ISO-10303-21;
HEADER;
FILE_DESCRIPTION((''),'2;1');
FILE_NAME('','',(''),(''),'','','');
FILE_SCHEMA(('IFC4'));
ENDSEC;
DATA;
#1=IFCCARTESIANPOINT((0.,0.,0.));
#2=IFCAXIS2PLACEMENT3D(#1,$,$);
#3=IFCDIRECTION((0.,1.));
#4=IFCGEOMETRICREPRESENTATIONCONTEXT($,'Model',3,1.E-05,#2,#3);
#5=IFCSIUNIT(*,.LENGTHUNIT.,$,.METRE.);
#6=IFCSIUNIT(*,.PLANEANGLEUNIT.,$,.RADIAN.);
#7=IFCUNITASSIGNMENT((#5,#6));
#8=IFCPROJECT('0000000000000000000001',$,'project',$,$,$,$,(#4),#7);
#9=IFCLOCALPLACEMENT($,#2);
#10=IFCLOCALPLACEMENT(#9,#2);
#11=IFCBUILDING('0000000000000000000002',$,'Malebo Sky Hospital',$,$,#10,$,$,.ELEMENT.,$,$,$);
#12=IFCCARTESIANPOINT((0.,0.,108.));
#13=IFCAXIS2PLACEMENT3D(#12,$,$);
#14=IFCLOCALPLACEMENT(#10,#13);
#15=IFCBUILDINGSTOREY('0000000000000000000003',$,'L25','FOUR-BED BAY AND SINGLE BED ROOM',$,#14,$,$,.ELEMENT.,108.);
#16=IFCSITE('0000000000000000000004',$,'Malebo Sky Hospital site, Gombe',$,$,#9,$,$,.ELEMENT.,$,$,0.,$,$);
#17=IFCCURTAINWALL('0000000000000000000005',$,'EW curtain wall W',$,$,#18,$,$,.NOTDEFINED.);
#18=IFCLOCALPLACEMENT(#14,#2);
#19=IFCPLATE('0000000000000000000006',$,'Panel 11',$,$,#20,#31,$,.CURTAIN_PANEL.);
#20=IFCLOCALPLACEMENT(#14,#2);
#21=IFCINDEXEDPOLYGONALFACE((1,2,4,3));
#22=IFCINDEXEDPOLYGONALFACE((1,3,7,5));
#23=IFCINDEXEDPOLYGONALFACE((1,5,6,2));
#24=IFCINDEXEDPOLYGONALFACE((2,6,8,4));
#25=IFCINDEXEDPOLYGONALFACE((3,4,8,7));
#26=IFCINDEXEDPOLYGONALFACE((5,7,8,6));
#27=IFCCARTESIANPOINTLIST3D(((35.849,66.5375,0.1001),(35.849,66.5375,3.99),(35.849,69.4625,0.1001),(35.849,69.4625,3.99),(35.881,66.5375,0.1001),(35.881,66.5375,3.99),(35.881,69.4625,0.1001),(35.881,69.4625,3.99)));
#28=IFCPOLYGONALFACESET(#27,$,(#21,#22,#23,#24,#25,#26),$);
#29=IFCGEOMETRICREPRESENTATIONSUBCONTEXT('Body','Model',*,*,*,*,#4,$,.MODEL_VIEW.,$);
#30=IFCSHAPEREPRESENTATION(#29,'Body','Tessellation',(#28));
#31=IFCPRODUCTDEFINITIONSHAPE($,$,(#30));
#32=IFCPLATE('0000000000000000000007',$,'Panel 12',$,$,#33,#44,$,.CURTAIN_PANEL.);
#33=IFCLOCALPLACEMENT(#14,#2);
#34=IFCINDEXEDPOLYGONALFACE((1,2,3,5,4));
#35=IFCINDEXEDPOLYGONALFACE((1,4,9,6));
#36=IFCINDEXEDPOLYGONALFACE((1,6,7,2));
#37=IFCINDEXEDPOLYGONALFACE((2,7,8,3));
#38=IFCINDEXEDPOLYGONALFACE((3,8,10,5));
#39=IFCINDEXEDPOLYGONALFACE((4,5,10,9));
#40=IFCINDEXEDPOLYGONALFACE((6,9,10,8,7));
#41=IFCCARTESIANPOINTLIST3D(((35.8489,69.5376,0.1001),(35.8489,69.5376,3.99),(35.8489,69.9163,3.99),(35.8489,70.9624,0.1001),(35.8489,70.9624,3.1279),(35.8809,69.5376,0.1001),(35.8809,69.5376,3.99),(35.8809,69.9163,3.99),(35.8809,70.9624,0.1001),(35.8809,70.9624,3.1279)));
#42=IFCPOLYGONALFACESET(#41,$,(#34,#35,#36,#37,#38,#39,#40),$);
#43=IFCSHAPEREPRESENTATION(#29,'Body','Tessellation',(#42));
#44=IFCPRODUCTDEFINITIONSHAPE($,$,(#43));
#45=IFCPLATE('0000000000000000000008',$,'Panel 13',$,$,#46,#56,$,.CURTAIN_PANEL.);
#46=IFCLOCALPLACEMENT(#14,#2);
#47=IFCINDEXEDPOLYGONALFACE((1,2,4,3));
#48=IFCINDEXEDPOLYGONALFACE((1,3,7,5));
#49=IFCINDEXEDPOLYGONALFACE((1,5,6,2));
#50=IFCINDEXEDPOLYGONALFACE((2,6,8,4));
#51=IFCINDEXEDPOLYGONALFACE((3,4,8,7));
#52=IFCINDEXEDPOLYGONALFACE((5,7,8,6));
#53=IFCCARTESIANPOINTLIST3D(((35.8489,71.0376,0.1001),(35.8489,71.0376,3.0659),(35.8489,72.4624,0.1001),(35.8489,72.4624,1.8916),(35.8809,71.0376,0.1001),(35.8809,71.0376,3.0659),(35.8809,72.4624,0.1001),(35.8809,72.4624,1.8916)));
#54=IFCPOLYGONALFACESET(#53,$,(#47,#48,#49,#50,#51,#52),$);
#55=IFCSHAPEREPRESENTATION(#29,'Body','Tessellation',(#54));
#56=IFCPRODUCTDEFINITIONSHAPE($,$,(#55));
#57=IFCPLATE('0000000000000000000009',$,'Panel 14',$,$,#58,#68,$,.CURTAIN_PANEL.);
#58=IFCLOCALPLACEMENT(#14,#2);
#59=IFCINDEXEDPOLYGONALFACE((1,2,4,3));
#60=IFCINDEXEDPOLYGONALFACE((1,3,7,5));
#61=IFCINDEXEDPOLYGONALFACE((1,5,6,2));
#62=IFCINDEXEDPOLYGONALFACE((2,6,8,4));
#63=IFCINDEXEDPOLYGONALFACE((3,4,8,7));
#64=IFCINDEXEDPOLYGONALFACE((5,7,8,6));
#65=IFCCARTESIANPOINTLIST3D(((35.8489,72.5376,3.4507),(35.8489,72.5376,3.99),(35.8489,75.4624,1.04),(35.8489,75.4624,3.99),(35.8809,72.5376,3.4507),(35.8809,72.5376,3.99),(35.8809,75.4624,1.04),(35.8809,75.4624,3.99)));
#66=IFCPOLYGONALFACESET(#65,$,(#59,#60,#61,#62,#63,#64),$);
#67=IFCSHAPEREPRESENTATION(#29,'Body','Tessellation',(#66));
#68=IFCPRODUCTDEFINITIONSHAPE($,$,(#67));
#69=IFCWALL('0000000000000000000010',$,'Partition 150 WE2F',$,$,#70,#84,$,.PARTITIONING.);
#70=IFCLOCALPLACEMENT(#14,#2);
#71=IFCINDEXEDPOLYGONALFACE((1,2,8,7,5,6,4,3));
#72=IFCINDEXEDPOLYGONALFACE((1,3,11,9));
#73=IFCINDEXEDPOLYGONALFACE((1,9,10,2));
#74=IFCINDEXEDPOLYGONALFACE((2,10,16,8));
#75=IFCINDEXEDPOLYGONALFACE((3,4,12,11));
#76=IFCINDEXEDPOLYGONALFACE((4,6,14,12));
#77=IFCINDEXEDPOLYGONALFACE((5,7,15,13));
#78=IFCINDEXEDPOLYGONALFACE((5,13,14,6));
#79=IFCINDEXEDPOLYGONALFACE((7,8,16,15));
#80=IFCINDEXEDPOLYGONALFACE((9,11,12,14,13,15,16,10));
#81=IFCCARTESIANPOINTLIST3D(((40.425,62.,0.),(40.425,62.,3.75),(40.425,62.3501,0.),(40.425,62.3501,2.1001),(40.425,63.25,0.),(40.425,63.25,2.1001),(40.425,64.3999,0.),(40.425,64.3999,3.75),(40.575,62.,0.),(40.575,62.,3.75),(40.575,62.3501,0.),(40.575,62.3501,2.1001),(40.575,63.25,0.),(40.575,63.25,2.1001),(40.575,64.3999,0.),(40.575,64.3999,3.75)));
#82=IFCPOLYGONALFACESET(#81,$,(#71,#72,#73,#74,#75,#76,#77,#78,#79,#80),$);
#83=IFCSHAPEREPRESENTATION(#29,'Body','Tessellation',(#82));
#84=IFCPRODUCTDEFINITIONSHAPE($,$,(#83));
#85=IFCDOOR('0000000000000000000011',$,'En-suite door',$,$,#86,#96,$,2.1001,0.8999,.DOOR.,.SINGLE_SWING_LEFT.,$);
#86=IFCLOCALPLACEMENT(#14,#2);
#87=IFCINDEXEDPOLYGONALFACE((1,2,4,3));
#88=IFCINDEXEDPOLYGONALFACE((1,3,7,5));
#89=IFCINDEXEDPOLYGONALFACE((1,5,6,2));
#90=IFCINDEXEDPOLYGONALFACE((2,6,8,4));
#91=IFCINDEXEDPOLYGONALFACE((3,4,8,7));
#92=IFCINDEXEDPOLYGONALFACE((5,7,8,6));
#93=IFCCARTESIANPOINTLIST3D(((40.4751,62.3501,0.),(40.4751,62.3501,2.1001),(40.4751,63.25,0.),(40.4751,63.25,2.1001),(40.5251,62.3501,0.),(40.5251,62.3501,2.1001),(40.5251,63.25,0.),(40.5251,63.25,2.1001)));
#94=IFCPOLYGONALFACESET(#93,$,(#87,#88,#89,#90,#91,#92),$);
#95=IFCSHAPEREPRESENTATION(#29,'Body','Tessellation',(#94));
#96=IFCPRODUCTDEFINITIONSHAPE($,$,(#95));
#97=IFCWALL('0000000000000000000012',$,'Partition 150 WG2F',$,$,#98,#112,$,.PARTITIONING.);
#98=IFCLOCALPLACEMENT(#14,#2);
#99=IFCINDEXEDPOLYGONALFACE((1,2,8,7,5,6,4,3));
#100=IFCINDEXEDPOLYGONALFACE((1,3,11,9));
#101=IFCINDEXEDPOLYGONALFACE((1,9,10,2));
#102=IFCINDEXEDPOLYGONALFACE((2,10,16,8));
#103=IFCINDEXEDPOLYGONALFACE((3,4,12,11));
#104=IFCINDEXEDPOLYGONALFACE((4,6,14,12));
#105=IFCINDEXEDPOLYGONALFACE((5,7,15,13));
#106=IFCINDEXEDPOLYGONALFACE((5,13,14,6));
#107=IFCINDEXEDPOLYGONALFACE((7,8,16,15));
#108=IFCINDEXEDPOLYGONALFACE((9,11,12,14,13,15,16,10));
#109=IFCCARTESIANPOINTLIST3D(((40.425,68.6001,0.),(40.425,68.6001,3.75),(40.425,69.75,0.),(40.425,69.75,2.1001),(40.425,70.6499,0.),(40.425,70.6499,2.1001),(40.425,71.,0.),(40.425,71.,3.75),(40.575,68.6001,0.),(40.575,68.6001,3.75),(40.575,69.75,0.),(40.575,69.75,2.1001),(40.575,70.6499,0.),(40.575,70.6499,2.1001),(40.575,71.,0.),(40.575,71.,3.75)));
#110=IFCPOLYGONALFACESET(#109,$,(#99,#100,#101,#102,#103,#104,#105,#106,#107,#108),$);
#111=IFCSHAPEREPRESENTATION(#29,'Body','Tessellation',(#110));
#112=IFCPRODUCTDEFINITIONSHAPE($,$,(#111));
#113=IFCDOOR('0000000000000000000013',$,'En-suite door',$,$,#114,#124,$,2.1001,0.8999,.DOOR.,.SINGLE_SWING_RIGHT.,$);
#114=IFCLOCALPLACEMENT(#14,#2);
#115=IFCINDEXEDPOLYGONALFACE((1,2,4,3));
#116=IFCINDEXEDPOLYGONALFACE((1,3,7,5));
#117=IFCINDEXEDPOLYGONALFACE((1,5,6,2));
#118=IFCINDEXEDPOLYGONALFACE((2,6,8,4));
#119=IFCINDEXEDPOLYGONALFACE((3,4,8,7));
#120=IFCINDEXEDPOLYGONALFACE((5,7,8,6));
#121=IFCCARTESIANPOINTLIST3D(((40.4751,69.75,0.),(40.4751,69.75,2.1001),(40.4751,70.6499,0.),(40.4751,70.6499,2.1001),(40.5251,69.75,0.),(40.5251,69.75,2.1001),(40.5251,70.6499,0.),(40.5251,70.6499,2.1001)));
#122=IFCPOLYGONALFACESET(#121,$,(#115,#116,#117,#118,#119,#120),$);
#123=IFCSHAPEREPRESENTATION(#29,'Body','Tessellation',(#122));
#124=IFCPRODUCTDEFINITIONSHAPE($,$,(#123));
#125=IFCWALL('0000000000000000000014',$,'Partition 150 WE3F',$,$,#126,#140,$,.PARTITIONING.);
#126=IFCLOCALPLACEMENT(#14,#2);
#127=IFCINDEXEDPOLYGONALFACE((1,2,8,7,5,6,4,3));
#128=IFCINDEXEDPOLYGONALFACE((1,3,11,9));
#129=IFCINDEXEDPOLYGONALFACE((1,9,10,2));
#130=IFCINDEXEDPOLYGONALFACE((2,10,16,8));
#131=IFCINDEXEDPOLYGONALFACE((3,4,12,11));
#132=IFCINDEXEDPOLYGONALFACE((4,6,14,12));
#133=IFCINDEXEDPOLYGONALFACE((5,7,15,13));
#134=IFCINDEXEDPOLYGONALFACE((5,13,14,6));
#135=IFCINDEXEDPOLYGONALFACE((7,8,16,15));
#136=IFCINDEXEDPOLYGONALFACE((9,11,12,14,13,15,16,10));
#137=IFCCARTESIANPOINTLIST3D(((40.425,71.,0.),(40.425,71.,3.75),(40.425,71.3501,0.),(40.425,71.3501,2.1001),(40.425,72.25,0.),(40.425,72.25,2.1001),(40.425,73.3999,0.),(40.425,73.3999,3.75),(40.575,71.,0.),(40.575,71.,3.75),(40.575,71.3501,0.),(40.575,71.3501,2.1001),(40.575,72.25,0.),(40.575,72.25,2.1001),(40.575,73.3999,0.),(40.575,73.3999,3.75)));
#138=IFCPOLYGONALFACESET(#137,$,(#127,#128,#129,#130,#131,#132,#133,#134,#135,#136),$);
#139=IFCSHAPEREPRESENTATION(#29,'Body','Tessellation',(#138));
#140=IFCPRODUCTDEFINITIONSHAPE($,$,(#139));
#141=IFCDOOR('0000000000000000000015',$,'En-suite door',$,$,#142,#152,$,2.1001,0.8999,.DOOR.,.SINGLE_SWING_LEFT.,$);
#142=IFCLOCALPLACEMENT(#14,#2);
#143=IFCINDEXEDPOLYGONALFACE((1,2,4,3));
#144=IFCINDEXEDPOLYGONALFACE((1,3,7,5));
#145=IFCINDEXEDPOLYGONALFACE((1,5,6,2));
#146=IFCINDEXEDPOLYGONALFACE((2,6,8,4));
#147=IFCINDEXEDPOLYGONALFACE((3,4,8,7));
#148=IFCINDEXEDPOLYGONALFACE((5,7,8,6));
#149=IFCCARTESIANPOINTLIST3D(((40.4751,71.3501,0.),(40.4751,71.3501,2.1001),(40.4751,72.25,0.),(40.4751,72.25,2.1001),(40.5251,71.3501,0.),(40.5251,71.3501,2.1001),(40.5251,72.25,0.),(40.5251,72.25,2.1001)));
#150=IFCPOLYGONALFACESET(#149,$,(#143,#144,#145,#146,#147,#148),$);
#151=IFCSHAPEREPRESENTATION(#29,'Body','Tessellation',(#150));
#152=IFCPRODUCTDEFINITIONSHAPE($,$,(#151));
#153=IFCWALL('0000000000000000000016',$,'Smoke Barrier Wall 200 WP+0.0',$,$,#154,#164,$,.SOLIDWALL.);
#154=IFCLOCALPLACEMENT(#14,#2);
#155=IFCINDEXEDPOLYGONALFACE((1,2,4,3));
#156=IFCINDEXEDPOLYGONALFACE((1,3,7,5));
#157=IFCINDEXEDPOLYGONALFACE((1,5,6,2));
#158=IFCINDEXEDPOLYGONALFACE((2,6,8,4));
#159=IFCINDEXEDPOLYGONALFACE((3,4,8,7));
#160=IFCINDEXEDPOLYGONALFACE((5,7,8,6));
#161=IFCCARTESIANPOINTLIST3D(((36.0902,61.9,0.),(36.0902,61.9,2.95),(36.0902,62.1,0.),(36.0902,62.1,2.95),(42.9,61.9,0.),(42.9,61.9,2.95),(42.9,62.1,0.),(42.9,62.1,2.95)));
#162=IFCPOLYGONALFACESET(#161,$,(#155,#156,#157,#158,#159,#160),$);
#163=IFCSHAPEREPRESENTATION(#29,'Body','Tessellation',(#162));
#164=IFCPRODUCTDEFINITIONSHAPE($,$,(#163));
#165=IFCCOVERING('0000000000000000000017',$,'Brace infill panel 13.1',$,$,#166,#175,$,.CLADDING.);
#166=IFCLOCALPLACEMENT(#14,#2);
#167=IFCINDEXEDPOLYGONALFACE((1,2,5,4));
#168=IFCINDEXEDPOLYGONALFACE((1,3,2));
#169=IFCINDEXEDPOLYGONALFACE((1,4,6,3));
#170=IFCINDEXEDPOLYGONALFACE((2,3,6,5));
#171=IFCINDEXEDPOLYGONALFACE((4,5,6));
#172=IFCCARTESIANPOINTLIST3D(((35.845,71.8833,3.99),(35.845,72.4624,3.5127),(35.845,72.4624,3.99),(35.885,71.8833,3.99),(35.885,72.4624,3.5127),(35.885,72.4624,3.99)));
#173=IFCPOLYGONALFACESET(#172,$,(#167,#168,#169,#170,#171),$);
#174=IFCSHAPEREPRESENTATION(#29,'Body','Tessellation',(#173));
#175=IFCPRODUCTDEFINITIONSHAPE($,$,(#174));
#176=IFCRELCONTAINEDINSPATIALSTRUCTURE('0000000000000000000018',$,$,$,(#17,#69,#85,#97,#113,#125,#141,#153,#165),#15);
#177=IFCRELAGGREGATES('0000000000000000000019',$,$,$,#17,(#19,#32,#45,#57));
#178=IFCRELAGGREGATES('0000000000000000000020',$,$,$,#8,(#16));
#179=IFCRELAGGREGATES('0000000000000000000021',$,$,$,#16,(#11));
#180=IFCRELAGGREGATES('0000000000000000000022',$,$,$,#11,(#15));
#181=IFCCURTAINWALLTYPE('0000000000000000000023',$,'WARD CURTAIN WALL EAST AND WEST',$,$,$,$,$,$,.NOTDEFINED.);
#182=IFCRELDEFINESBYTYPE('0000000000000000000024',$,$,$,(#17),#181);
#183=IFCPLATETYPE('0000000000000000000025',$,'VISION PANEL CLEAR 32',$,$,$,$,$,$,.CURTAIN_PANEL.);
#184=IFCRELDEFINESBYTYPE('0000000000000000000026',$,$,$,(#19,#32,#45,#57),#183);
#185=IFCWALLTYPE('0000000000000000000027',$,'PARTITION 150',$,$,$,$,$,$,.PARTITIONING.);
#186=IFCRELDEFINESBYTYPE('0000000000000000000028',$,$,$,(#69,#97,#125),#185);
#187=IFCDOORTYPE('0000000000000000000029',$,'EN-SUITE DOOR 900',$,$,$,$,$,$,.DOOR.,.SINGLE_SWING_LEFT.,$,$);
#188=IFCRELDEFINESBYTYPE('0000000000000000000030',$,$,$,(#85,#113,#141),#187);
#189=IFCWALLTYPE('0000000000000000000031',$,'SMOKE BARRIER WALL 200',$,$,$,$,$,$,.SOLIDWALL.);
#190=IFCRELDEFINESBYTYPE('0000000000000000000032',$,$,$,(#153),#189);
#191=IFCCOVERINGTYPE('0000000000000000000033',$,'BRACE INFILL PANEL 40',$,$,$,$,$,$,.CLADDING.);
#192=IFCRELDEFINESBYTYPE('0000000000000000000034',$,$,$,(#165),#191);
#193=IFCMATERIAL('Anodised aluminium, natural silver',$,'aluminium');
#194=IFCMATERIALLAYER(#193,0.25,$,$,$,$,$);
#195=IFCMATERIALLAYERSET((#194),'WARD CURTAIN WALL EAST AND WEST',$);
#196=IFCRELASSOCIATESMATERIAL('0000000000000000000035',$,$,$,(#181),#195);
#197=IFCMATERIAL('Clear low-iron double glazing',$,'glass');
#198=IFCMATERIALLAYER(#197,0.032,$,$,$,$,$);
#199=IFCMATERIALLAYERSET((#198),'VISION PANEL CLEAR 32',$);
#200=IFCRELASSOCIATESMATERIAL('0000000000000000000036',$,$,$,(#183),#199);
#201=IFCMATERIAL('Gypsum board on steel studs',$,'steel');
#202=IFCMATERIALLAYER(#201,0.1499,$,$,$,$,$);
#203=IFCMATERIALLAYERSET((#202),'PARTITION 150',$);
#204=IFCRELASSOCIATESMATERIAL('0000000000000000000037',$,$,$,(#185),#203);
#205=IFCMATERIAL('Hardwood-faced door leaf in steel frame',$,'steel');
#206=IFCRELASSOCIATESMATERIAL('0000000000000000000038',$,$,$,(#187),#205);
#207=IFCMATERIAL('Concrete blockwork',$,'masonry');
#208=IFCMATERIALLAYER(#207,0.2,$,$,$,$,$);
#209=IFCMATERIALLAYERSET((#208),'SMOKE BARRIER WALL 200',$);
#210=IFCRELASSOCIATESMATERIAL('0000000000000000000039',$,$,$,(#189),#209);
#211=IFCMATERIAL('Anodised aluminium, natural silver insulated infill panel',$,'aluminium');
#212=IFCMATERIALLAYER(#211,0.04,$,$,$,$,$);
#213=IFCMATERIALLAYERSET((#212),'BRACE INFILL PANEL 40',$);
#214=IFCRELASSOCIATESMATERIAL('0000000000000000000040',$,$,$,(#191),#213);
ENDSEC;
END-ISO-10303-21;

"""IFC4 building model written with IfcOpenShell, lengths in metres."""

from ifc_helpers import new_model, si_unit, direction, frame, frame_2d, origin, origin_2d, place, context, subcontext, project, spatial, polyline, rectangle, outline, extrude, material, layer, layer_set, type_object, element, fill, aggregate, save


model = new_model("IFC4")

# Units and contexts
model_context = context("Model", 3, precision=1e-05, world=origin(), true_north=direction((0.0, 1.0)))
body_context = subcontext(model_context, "Body", "Model", "MODEL_VIEW")
ifc_project = project(units=[si_unit("LENGTHUNIT", "METRE"), si_unit("PLANEANGLEUNIT", "RADIAN")], contexts=[model_context])

# Site, building, storey
site_placement = place(None, origin())
site = spatial("IfcSite", under=ifc_project, at=site_placement, Name="Malebo Sky Hospital site, Gombe", CompositionType="ELEMENT", RefElevation=0.0)
building_placement = place(site_placement, origin())
building = spatial("IfcBuilding", under=site, at=building_placement, Name="Malebo Sky Hospital", CompositionType="ELEMENT")
storey_placement = place(building_placement, frame((0.0, 0.0, 108.0)))
storey = spatial("IfcBuildingStorey", under=building, at=storey_placement, Name="L25", Description="FOUR-BED BAY AND SINGLE BED ROOM", CompositionType="ELEMENT", Elevation=108.0)

# Curtain wall
ifc_material_1 = material(Name="Anodised aluminium, natural silver", Category="aluminium")
ifc_layer_1 = layer(ifc_material_1, 0.25)
ifc_layer_set_1 = layer_set([ifc_layer_1], Name="WARD CURTAIN WALL EAST AND WEST")
curtain_wall_type = type_object("IfcCurtainWallType", Name="WARD CURTAIN WALL EAST AND WEST", PredefinedType="NOTDEFINED", material=ifc_layer_set_1)
curtain_wall_placement = place(storey_placement, origin())
curtain_wall = element("IfcCurtainWall", 1, at=curtain_wall_placement, inside=storey, type_object=curtain_wall_type, Name="EW curtain wall W", PredefinedType="NOTDEFINED")

# Plates
ifc_material_2 = material(Name="Clear low-iron double glazing", Category="glass")
ifc_layer_2 = layer(ifc_material_2, 0.032)
ifc_layer_set_2 = layer_set([ifc_layer_2], Name="VISION PANEL CLEAR 32")
plate_type = type_object("IfcPlateType", Name="VISION PANEL CLEAR 32", PredefinedType="CURTAIN_PANEL", material=ifc_layer_set_2)
plate_1_placement = place(storey_placement, frame((35.865, 68.0, 0.1001), z_axis=(0.0, 0.0, 1.0), x_axis=(0.0, 1.0, 0.0)))
plate_1 = element("IfcPlate", 2, at=plate_1_placement, type_object=plate_type, Name="Panel 11", PredefinedType="CURTAIN_PANEL", context=body_context, shape_type="SweptSolid", body=[
    extrude(rectangle(XDim=2.925, YDim=0.032, at=origin_2d()), origin(), (0.0, 0.0, 1.0), 3.8899),
])
plate_2_placement = place(storey_placement, frame((35.865, 70.25, 0.1001), z_axis=(0.0, 0.0, 1.0), x_axis=(0.0, 1.0, 0.0)))
plate_2 = element("IfcPlate", 3, at=plate_2_placement, type_object=plate_type, Name="Panel 12", PredefinedType="CURTAIN_PANEL", context=body_context, shape_type="SweptSolid", body=[
    extrude(outline(polyline([(-0.7124, 0.0), (0.7124, 0.0), (0.7124, 3.0278), (-0.3337, 3.8899), (-0.7124, 3.8899), (-0.7124, 0.0)])), frame((0.0, 0.0161, 0.0), z_axis=(0.0, -1.0, 0.0), x_axis=(1.0, 0.0, 0.0)), (0.0, 0.0, 1.0), 0.032),
])
plate_3_placement = place(storey_placement, frame((35.865, 71.75, 0.1001), z_axis=(0.0, 0.0, 1.0), x_axis=(0.0, 1.0, 0.0)))
plate_3 = element("IfcPlate", 4, at=plate_3_placement, type_object=plate_type, Name="Panel 13", PredefinedType="CURTAIN_PANEL", context=body_context, shape_type="SweptSolid", body=[
    extrude(outline(polyline([(-0.7124, 0.0), (0.7124, 0.0), (0.7124, 1.7915), (-0.7124, 2.9658), (-0.7124, 0.0)])), frame((0.0, 0.0161, 0.0), z_axis=(0.0, -1.0, 0.0), x_axis=(1.0, 0.0, 0.0)), (0.0, 0.0, 1.0), 0.032),
])
plate_4_placement = place(storey_placement, frame((35.865, 74.0, 1.04), z_axis=(0.0, 0.0, 1.0), x_axis=(0.0, 1.0, 0.0)))
plate_4 = element("IfcPlate", 5, at=plate_4_placement, type_object=plate_type, Name="Panel 14", PredefinedType="CURTAIN_PANEL", context=body_context, shape_type="SweptSolid", body=[
    extrude(outline(polyline([(1.4624, 0.0), (1.4624, 2.95), (-1.4624, 2.95), (-1.4624, 2.4106), (1.4624, 0.0)])), frame((0.0, 0.0161, 0.0), z_axis=(0.0, -1.0, 0.0), x_axis=(1.0, 0.0, 0.0)), (0.0, 0.0, 1.0), 0.032),
])
aggregate(curtain_wall, [plate_1, plate_2, plate_3, plate_4])

# Walls, openings, doors
ifc_material_3 = material(Name="Gypsum board on steel studs", Category="steel")
ifc_layer_3 = layer(ifc_material_3, 0.1499)
ifc_layer_set_3 = layer_set([ifc_layer_3], Name="PARTITION 150")
wall_type_1 = type_object("IfcWallType", Name="PARTITION 150", PredefinedType="PARTITIONING", material=ifc_layer_set_3)
wall_1_placement = place(storey_placement, frame((40.5, 62.0, 0.0), z_axis=(0.0, 0.0, 1.0), x_axis=(0.0, 1.0, 0.0)))
wall_1 = element("IfcWall", 6, at=wall_1_placement, inside=storey, type_object=wall_type_1, Name="Partition 150 WE2F", PredefinedType="PARTITIONING", context=body_context, shape_type="SweptSolid", body=[
    extrude(rectangle(XDim=2.3999, YDim=0.1499, at=frame_2d((1.2, 0.0))), origin(), (0.0, 0.0, 1.0), 3.75),
])
opening_1_placement = place(wall_1_placement, frame((0.3501, 0.0, 0.0)))
opening_1 = element("IfcOpeningElement", 7, at=opening_1_placement, cuts=wall_1, PredefinedType="OPENING", context=body_context, shape_type="SweptSolid", body=[
    extrude(rectangle(XDim=0.8999, YDim=2.1001, at=frame_2d((0.45, 1.05))), frame((0.0, 0.085, 0.0), z_axis=(0.0, -1.0, 0.0), x_axis=(1.0, 0.0, 0.0)), (0.0, 0.0, 1.0), 0.1699),
])
ifc_material_4 = material(Name="Hardwood-faced door leaf in steel frame", Category="steel")
door_type = type_object("IfcDoorType", Name="EN-SUITE DOOR 900", OperationType="SINGLE_SWING_LEFT", PredefinedType="DOOR", material=ifc_material_4)
door_1_placement = place(opening_1_placement, origin())
door_1 = element("IfcDoor", 8, at=door_1_placement, inside=storey, type_object=door_type, Name="En-suite door", OperationType="SINGLE_SWING_LEFT", OverallHeight=2.1001, OverallWidth=0.8999, PredefinedType="DOOR", context=body_context, shape_type="SweptSolid", body=[
    extrude(rectangle(XDim=0.8999, YDim=2.1001, at=frame_2d((0.45, 1.05))), frame((0.0, 0.0249, 0.0), z_axis=(0.0, -1.0, 0.0), x_axis=(1.0, 0.0, 0.0)), (0.0, 0.0, 1.0), 0.05),
])
fill(opening_1, door_1)
wall_2_placement = place(storey_placement, frame((40.5, 68.6001, 0.0), z_axis=(0.0, 0.0, 1.0), x_axis=(0.0, 1.0, 0.0)))
wall_2 = element("IfcWall", 9, at=wall_2_placement, inside=storey, type_object=wall_type_1, Name="Partition 150 WG2F", PredefinedType="PARTITIONING", context=body_context, shape_type="SweptSolid", body=[
    extrude(rectangle(XDim=2.3999, YDim=0.1499, at=frame_2d((1.2, 0.0))), origin(), (0.0, 0.0, 1.0), 3.75),
])
opening_2_placement = place(wall_2_placement, frame((1.1499, 0.0, 0.0)))
opening_2 = element("IfcOpeningElement", 10, at=opening_2_placement, cuts=wall_2, PredefinedType="OPENING", context=body_context, shape_type="SweptSolid", body=[
    extrude(rectangle(XDim=0.8999, YDim=2.1001, at=frame_2d((0.45, 1.05))), frame((0.0, 0.085, 0.0), z_axis=(0.0, -1.0, 0.0), x_axis=(1.0, 0.0, 0.0)), (0.0, 0.0, 1.0), 0.1699),
])
door_2_placement = place(opening_2_placement, origin())
door_2 = element("IfcDoor", 11, at=door_2_placement, inside=storey, type_object=door_type, Name="En-suite door", OperationType="SINGLE_SWING_RIGHT", OverallHeight=2.1001, OverallWidth=0.8999, PredefinedType="DOOR", context=body_context, shape_type="SweptSolid", body=[
    extrude(rectangle(XDim=0.8999, YDim=2.1001, at=frame_2d((0.45, 1.05))), frame((0.0, 0.0249, 0.0), z_axis=(0.0, -1.0, 0.0), x_axis=(1.0, 0.0, 0.0)), (0.0, 0.0, 1.0), 0.05),
])
fill(opening_2, door_2)
wall_3_placement = place(storey_placement, frame((40.5, 71.0, 0.0), z_axis=(0.0, 0.0, 1.0), x_axis=(0.0, 1.0, 0.0)))
wall_3 = element("IfcWall", 12, at=wall_3_placement, inside=storey, type_object=wall_type_1, Name="Partition 150 WE3F", PredefinedType="PARTITIONING", context=body_context, shape_type="SweptSolid", body=[
    extrude(rectangle(XDim=2.3999, YDim=0.1499, at=frame_2d((1.2, 0.0))), origin(), (0.0, 0.0, 1.0), 3.75),
])
opening_3_placement = place(wall_3_placement, frame((0.3501, 0.0, 0.0)))
opening_3 = element("IfcOpeningElement", 13, at=opening_3_placement, cuts=wall_3, PredefinedType="OPENING", context=body_context, shape_type="SweptSolid", body=[
    extrude(rectangle(XDim=0.8999, YDim=2.1001, at=frame_2d((0.45, 1.05))), frame((0.0, 0.085, 0.0), z_axis=(0.0, -1.0, 0.0), x_axis=(1.0, 0.0, 0.0)), (0.0, 0.0, 1.0), 0.1699),
])
door_3_placement = place(opening_3_placement, origin())
door_3 = element("IfcDoor", 14, at=door_3_placement, inside=storey, type_object=door_type, Name="En-suite door", OperationType="SINGLE_SWING_LEFT", OverallHeight=2.1001, OverallWidth=0.8999, PredefinedType="DOOR", context=body_context, shape_type="SweptSolid", body=[
    extrude(rectangle(XDim=0.8999, YDim=2.1001, at=frame_2d((0.45, 1.05))), frame((0.0, 0.0249, 0.0), z_axis=(0.0, -1.0, 0.0), x_axis=(1.0, 0.0, 0.0)), (0.0, 0.0, 1.0), 0.05),
])
fill(opening_3, door_3)

# Wall
ifc_material_5 = material(Name="Concrete blockwork", Category="masonry")
ifc_layer_4 = layer(ifc_material_5, 0.2)
ifc_layer_set_4 = layer_set([ifc_layer_4], Name="SMOKE BARRIER WALL 200")
wall_type_2 = type_object("IfcWallType", Name="SMOKE BARRIER WALL 200", PredefinedType="SOLIDWALL", material=ifc_layer_set_4)
wall_4_placement = place(storey_placement, frame((42.8999, 62.0, 0.0), z_axis=(0.0, 0.0, 1.0), x_axis=(-1.0, 0.0, 0.0)))
element("IfcWall", 15, at=wall_4_placement, inside=storey, type_object=wall_type_2, Name="Smoke Barrier Wall 200 WP+0.0", PredefinedType="SOLIDWALL", context=body_context, shape_type="SweptSolid", body=[
    extrude(rectangle(XDim=6.8098, YDim=0.2, at=frame_2d((3.4048, 0.0))), origin(), (0.0, 0.0, 1.0), 2.95),
])

# Covering
ifc_material_6 = material(Name="Anodised aluminium, natural silver insulated infill panel", Category="aluminium")
ifc_layer_5 = layer(ifc_material_6, 0.04)
ifc_layer_set_5 = layer_set([ifc_layer_5], Name="BRACE INFILL PANEL 40")
covering_type = type_object("IfcCoveringType", Name="BRACE INFILL PANEL 40", PredefinedType="CLADDING", material=ifc_layer_set_5)
covering_1_placement = place(storey_placement, frame((35.865, 72.1729, 3.5127), z_axis=(0.0, 0.0, 1.0), x_axis=(0.0, 1.0, 0.0)))
element("IfcCovering", 16, at=covering_1_placement, inside=storey, type_object=covering_type, Name="Brace infill panel 13.1", PredefinedType="CLADDING", context=body_context, shape_type="SweptSolid", body=[
    extrude(outline(polyline([(0.2896, 0.0), (0.2896, 0.4773), (-0.2896, 0.4773), (0.2896, 0.0)])), frame((0.0, 0.02, 0.0), z_axis=(0.0, -1.0, 0.0), x_axis=(1.0, 0.0, 0.0)), (0.0, 0.0, 1.0), 0.04),
])

save(model, "model.ifc")
